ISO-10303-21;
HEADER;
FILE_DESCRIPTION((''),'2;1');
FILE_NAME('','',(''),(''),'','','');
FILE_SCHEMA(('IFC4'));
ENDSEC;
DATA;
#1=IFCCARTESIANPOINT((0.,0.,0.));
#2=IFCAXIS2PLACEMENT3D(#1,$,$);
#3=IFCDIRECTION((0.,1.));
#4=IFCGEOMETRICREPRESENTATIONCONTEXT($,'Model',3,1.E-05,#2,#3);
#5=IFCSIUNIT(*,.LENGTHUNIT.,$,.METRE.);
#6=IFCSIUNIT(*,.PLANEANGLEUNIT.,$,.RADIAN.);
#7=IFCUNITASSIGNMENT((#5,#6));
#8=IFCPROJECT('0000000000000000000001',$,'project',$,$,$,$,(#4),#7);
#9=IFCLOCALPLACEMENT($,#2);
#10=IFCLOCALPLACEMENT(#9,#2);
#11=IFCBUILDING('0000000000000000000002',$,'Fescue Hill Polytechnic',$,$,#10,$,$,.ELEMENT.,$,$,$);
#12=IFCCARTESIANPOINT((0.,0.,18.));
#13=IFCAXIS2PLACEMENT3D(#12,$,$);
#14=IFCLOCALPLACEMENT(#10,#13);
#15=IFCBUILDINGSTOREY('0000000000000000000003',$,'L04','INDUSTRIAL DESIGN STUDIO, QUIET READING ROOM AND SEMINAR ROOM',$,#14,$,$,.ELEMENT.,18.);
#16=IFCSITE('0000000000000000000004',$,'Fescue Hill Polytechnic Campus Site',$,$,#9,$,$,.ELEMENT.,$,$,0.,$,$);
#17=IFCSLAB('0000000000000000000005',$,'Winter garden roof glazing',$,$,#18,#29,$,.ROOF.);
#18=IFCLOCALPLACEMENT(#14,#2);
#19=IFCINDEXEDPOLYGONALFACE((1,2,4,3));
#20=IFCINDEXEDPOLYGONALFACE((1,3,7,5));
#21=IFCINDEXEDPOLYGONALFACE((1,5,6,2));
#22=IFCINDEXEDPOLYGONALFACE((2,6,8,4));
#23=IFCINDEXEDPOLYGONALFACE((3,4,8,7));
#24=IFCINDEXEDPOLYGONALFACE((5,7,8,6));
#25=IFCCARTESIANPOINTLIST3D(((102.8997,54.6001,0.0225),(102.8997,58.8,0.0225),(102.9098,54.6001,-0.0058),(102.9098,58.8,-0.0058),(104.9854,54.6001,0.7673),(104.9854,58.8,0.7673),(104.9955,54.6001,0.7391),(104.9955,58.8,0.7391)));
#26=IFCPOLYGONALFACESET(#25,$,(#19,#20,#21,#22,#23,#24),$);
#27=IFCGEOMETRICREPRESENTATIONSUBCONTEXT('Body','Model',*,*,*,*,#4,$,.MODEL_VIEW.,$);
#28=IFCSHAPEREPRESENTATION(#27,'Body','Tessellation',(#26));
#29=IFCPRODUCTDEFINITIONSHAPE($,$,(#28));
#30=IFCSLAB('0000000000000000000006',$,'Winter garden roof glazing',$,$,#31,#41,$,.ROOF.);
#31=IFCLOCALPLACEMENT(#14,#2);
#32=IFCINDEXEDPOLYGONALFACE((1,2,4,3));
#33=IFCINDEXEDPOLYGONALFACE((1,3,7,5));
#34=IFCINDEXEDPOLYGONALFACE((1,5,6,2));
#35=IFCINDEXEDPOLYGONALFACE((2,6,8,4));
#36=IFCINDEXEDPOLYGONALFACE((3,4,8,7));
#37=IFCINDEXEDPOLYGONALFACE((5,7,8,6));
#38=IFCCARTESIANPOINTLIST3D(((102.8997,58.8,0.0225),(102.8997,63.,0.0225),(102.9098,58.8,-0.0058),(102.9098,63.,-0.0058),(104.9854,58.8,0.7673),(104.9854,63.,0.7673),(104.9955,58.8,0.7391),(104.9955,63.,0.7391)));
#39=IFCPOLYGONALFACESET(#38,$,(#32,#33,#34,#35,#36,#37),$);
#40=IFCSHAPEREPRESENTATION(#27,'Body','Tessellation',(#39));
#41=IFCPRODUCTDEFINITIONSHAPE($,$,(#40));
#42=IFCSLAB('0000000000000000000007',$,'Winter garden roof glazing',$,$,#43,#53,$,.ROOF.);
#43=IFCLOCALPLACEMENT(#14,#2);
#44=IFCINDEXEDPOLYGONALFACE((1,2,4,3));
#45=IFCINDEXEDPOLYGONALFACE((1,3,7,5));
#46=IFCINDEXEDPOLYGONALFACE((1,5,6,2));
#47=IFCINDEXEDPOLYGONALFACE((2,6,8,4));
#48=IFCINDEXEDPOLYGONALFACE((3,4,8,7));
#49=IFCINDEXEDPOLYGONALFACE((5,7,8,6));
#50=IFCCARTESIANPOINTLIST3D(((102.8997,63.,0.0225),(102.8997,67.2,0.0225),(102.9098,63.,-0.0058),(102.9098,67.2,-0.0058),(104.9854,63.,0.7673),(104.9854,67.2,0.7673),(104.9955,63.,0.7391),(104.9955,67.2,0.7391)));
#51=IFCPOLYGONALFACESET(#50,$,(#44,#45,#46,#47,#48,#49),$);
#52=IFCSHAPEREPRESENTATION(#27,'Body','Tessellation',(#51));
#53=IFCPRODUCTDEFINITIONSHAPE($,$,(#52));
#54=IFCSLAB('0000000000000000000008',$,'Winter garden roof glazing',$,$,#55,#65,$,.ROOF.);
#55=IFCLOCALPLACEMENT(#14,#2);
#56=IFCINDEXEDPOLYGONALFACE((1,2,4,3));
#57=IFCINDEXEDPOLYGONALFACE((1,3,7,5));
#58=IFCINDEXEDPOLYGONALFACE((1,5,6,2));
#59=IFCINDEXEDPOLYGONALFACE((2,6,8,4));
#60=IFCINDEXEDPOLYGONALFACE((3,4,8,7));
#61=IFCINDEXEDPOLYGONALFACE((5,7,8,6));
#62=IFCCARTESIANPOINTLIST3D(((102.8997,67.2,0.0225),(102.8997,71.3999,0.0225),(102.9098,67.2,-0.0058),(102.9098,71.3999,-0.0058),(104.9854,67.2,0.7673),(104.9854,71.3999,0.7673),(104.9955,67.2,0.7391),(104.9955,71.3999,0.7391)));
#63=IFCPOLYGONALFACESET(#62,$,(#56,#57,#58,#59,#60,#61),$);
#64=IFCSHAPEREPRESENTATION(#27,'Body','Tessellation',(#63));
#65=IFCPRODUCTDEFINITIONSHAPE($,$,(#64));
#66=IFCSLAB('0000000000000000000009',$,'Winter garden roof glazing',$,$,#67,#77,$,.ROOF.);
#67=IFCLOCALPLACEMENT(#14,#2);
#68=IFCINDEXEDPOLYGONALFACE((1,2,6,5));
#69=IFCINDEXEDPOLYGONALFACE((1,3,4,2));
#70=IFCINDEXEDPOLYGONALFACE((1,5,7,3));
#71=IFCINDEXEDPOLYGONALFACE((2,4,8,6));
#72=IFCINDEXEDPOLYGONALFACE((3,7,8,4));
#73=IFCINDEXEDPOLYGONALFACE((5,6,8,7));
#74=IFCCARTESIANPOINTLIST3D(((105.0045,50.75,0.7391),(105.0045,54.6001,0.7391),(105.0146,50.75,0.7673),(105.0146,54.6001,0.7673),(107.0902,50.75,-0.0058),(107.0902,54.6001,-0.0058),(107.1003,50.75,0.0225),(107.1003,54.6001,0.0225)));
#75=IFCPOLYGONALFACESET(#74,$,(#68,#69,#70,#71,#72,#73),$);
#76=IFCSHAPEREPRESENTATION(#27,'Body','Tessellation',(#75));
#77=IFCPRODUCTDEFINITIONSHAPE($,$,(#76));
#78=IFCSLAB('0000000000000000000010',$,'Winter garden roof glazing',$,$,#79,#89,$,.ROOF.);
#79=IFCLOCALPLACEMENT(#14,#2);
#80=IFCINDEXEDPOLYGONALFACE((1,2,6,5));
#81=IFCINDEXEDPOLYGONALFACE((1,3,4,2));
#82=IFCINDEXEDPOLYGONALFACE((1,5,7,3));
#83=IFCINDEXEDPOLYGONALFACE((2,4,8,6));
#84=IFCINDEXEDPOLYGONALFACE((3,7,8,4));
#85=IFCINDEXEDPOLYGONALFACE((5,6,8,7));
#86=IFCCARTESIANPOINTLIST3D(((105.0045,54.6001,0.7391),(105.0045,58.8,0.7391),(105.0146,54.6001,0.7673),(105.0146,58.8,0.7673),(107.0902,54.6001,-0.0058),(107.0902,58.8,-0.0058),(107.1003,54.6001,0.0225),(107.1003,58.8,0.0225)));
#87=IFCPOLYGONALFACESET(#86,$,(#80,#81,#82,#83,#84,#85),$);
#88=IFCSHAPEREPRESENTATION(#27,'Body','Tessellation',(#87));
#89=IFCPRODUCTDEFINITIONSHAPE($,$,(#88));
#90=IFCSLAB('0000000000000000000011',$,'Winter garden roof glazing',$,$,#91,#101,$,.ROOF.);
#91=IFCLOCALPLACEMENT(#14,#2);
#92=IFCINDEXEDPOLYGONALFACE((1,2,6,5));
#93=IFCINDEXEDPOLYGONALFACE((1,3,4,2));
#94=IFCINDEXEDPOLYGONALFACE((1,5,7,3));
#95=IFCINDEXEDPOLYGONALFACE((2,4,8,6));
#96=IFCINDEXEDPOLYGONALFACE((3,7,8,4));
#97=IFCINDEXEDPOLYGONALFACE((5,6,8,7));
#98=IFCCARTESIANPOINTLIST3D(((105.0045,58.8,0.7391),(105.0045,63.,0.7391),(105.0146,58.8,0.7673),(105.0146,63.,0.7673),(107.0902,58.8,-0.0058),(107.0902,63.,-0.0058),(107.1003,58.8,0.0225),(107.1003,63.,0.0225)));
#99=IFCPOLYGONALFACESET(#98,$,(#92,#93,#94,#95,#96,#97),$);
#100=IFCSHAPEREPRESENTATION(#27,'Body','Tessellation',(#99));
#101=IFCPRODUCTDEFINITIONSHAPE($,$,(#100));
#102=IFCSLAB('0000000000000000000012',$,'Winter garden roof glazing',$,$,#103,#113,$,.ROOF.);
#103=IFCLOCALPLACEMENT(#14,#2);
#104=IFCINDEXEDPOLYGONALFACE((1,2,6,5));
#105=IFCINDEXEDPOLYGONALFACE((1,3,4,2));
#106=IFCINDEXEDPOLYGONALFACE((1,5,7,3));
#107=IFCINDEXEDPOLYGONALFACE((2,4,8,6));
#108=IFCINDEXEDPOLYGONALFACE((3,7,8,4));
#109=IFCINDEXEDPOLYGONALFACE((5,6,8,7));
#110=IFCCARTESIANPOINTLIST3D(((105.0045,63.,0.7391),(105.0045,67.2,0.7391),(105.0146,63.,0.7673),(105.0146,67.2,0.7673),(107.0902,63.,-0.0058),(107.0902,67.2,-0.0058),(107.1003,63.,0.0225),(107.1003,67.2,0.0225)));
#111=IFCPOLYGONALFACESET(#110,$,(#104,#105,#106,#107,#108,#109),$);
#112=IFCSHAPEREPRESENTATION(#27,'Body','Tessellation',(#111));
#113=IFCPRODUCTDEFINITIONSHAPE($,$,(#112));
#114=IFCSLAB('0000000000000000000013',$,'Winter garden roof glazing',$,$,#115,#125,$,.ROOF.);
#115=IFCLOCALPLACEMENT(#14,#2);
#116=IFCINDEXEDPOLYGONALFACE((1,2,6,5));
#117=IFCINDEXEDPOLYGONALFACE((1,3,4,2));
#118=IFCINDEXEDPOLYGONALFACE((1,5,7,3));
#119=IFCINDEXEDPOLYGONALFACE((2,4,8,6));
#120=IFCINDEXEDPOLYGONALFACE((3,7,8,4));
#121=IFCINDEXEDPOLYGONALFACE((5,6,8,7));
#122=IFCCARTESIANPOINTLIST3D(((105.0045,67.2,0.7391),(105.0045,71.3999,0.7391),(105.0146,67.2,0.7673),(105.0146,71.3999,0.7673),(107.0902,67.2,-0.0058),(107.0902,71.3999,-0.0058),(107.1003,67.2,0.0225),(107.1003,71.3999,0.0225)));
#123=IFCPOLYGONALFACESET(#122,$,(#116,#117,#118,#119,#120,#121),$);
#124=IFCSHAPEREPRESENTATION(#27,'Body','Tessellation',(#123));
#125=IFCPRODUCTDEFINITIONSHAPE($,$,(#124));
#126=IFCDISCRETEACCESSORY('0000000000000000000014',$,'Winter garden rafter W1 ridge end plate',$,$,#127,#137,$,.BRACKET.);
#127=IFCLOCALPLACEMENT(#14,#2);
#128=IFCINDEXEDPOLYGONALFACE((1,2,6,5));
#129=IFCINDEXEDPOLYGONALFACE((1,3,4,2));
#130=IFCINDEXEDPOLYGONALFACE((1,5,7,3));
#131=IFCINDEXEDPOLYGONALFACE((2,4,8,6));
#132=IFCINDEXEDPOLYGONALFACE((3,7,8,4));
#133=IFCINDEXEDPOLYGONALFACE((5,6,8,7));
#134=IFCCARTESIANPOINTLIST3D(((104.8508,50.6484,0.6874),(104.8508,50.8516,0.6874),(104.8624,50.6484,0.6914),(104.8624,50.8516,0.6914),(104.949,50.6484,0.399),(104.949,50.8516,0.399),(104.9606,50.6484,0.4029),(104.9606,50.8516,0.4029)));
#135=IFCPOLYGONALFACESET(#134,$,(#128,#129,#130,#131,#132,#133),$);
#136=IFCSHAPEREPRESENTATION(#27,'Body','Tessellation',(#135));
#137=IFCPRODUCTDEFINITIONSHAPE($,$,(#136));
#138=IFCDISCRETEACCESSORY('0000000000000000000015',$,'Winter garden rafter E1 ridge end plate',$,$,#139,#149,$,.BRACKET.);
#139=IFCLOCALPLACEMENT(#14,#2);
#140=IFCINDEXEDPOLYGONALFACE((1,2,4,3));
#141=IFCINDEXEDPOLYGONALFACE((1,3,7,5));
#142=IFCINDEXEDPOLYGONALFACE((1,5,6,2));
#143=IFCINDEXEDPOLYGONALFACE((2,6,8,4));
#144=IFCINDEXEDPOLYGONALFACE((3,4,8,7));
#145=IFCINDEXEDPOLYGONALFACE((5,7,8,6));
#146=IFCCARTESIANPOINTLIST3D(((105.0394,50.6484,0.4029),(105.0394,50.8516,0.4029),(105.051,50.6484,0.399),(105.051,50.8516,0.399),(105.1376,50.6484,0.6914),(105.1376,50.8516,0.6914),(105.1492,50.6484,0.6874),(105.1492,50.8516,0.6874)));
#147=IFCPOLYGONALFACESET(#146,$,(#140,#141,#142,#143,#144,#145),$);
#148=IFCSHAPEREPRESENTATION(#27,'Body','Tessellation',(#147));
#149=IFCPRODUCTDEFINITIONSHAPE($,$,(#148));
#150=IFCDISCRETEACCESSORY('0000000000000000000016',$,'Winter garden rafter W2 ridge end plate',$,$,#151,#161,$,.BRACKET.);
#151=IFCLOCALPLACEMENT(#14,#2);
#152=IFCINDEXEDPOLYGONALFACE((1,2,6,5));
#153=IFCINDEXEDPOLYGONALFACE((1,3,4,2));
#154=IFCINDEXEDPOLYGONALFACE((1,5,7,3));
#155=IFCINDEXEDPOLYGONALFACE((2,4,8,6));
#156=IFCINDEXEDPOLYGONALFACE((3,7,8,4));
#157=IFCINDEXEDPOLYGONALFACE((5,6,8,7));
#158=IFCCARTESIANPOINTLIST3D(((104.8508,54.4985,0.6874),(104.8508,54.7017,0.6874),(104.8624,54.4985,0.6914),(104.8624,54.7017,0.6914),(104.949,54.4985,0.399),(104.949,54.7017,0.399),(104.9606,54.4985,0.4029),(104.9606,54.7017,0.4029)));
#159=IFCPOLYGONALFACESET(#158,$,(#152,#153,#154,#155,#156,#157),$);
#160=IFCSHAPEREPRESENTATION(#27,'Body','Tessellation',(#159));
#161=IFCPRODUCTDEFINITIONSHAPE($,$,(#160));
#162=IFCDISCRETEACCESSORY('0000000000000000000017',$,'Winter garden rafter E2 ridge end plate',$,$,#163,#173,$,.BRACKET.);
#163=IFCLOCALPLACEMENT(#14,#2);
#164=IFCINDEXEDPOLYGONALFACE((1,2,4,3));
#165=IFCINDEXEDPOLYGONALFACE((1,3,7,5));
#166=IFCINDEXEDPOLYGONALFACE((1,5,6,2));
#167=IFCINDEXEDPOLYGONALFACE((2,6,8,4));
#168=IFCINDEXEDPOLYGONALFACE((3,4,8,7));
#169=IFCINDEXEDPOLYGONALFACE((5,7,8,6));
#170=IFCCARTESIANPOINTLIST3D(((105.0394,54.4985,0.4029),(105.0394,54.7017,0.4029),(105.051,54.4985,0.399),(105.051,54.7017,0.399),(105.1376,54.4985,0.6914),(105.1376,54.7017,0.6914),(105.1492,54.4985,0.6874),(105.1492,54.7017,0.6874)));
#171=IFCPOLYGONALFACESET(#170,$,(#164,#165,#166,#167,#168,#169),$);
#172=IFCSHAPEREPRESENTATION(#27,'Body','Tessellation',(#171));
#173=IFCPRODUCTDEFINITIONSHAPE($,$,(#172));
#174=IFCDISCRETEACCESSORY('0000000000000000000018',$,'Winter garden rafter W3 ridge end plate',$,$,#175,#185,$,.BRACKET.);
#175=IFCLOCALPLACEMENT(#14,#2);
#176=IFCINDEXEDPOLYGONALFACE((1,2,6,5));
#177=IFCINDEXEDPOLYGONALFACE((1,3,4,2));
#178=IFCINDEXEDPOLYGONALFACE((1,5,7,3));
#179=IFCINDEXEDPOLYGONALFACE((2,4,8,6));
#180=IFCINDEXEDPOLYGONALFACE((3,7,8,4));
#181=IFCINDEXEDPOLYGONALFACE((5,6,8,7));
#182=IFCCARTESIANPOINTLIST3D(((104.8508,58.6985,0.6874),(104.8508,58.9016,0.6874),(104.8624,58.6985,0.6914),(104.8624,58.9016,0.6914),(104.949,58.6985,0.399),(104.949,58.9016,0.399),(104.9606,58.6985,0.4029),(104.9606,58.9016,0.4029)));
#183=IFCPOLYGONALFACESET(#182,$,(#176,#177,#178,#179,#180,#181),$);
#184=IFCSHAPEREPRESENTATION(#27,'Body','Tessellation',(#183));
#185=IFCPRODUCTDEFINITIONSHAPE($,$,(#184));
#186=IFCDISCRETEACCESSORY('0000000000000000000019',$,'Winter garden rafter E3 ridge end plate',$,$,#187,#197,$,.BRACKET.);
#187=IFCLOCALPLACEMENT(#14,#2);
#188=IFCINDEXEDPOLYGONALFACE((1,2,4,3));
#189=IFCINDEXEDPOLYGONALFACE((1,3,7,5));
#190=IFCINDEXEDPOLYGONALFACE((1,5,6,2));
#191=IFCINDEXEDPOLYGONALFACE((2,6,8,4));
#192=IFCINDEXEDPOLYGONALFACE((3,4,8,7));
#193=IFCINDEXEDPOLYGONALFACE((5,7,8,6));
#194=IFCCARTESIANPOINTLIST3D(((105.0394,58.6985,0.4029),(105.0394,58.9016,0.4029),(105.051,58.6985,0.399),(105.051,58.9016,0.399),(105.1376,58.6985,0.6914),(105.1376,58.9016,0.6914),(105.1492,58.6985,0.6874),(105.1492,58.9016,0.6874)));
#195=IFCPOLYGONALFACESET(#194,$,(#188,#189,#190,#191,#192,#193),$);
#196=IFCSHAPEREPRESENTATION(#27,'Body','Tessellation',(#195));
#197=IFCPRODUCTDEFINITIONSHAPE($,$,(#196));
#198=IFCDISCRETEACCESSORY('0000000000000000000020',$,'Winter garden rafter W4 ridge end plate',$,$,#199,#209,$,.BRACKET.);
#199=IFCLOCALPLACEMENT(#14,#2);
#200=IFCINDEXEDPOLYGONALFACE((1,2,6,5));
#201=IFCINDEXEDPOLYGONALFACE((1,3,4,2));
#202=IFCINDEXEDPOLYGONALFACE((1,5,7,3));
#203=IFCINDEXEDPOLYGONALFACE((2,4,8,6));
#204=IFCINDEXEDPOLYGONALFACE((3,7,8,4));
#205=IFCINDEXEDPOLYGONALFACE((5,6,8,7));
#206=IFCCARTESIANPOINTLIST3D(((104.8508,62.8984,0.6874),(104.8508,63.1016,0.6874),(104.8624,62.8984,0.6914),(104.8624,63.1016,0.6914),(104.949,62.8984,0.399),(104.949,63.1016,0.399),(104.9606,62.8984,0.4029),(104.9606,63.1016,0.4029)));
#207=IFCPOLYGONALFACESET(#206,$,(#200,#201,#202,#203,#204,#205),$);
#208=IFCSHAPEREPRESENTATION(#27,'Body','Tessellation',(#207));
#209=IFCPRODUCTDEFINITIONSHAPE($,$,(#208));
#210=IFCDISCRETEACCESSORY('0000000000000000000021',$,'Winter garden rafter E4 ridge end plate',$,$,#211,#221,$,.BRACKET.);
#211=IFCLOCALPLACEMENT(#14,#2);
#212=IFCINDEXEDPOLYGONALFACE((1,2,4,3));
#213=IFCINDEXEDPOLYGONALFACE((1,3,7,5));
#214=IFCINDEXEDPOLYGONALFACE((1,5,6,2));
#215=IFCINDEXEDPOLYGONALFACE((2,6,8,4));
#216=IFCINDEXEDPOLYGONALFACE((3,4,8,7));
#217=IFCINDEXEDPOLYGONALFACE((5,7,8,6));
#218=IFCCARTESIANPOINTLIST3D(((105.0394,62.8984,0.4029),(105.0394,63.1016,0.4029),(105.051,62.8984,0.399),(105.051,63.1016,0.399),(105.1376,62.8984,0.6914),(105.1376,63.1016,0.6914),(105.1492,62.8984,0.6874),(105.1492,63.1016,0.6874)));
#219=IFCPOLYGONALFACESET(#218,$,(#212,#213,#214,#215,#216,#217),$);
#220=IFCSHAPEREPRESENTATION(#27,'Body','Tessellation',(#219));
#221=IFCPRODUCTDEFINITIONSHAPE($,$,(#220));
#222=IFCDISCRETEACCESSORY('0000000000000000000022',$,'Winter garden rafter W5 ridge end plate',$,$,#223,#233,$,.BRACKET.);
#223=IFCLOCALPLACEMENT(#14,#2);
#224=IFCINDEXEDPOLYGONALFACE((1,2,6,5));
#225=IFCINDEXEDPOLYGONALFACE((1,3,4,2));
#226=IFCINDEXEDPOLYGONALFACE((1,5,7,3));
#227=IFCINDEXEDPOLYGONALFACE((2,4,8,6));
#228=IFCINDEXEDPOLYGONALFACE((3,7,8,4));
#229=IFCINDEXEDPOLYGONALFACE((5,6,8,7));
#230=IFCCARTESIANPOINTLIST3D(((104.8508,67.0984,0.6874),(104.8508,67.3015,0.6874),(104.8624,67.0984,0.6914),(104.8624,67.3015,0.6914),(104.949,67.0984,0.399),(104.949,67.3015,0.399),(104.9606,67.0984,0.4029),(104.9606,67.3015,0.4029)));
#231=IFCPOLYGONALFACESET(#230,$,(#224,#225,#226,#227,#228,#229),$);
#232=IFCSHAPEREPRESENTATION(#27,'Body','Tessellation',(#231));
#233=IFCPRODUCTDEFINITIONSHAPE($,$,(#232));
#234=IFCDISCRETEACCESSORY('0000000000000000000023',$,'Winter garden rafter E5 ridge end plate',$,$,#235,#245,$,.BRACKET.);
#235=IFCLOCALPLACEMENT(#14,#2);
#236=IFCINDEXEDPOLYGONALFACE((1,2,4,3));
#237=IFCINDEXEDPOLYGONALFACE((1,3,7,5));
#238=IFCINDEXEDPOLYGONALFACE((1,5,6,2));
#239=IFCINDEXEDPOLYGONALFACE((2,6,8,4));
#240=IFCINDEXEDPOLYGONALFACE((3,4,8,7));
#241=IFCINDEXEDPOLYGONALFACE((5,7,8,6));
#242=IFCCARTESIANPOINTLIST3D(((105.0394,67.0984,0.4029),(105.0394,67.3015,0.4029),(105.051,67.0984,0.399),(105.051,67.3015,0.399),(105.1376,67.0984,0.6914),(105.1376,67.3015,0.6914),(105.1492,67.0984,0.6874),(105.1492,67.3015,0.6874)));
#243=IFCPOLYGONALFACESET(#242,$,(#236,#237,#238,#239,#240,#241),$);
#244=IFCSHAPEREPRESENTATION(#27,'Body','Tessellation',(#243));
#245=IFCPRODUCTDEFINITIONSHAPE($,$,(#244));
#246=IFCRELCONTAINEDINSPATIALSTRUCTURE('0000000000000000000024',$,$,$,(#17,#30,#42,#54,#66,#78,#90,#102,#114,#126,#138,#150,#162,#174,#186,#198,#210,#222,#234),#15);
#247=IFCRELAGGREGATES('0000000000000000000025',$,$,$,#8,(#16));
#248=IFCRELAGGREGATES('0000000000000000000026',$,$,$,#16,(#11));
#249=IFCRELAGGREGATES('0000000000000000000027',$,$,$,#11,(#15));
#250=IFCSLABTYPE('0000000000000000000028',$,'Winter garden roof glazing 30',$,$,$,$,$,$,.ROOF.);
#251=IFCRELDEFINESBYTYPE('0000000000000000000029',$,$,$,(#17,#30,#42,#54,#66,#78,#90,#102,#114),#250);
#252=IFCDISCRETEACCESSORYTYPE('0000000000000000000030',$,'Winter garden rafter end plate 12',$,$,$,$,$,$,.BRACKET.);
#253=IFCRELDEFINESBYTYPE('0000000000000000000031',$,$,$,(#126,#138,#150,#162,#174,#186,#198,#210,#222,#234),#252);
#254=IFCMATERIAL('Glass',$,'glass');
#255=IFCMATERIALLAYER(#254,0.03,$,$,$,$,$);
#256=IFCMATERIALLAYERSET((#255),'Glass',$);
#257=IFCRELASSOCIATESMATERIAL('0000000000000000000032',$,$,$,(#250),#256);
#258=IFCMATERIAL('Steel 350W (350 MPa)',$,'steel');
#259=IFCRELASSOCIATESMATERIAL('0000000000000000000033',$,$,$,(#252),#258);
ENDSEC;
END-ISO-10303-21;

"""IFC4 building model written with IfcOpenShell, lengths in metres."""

from ifc_helpers import new_model, si_unit, direction, frame, origin, origin_2d, place, context, subcontext, project, spatial, polyline, rectangle, outline, extrude, material, layer, layer_set, material_profile, profile_set, type_object, element, save


model = new_model("IFC4")

# Units and contexts
model_context = context("Model", 3, precision=1e-05, world=origin(), true_north=direction((0.0, 1.0)))
body_context = subcontext(model_context, "Body", "Model", "MODEL_VIEW")
ifc_project = project(units=[si_unit("LENGTHUNIT", "METRE"), si_unit("PLANEANGLEUNIT", "RADIAN")], contexts=[model_context])

# Site, building, storey
site_placement = place(None, origin())
site = spatial("IfcSite", under=ifc_project, at=site_placement, Name="Fescue Hill Polytechnic Campus Site", CompositionType="ELEMENT", RefElevation=0.0)
building_placement = place(site_placement, origin())
building = spatial("IfcBuilding", under=site, at=building_placement, Name="Fescue Hill Polytechnic", CompositionType="ELEMENT")
storey_placement = place(building_placement, frame((0.0, 0.0, 18.0)))
storey = spatial("IfcBuildingStorey", under=building, at=storey_placement, Name="L04", Description="INDUSTRIAL DESIGN STUDIO, QUIET READING ROOM AND SEMINAR ROOM", CompositionType="ELEMENT", Elevation=18.0)

# Shared definitions
ifc_material_1 = material(Name="Steel 350W (350 MPa)", Category="steel")

# Slabs
ifc_material_2 = material(Name="Glass", Category="glass")
ifc_layer = layer(ifc_material_2, 0.03)
ifc_layer_set = layer_set([ifc_layer], Name="Glass")
slab_type = type_object("IfcSlabType", Name="Winter garden roof glazing 30", PredefinedType="ROOF", material=ifc_layer_set)
for number, where, z_axis, x_axis, name in (
    (1, (102.8997, 54.6001, 0.0225), (-0.336329, 0.0, 0.941744), (0.0, 1.0, 0.0), "Winter garden roof glazing"),
    (2, (102.8997, 58.8, 0.0225), (-0.336329, 0.0, 0.941744), (0.0, 1.0, 0.0), "Winter garden roof glazing"),
    (3, (102.8997, 63.0, 0.0225), (-0.336329, 0.0, 0.941744), (0.0, 1.0, 0.0), "Winter garden roof glazing"),
    (4, (102.8997, 67.2, 0.0225), (-0.336329, 0.0, 0.941744), (0.0, 1.0, 0.0), "Winter garden roof glazing"),
):
    element("IfcSlab", number, at=place(storey_placement, frame(where, z_axis=z_axis, x_axis=x_axis)), inside=storey, type_object=slab_type, Name=name, PredefinedType="ROOF", context=body_context, shape_type="SweptSolid", body=[
        extrude(outline(polyline([(0.0, 0.0), (4.2, 0.0), (4.2, -2.2147), (0.0, -2.2147), (0.0, 0.0)])), origin(), (0.0, 0.0, -1.0), 0.03),
    ])
slab_1_placement = place(storey_placement, frame((107.1003, 50.75, 0.0225), z_axis=(0.336329, 0.0, 0.941744), x_axis=(0.0, 1.0, 0.0)))
element("IfcSlab", 5, at=slab_1_placement, inside=storey, type_object=slab_type, Name="Winter garden roof glazing", PredefinedType="ROOF", context=body_context, shape_type="SweptSolid", body=[
    extrude(outline(polyline([(0.0, 0.0), (3.8501, 0.0), (3.8501, 2.2147), (0.0, 2.2147), (0.0, 0.0)])), origin(), (0.0, 0.0, -1.0), 0.03),
])
for number, where, z_axis, x_axis, name in (
    (6, (107.1003, 54.6001, 0.0225), (0.336329, 0.0, 0.941744), (0.0, 1.0, 0.0), "Winter garden roof glazing"),
    (7, (107.1003, 58.8, 0.0225), (0.336329, 0.0, 0.941744), (0.0, 1.0, 0.0), "Winter garden roof glazing"),
    (8, (107.1003, 63.0, 0.0225), (0.336329, 0.0, 0.941744), (0.0, 1.0, 0.0), "Winter garden roof glazing"),
    (9, (107.1003, 67.2, 0.0225), (0.336329, 0.0, 0.941744), (0.0, 1.0, 0.0), "Winter garden roof glazing"),
):
    element("IfcSlab", number, at=place(storey_placement, frame(where, z_axis=z_axis, x_axis=x_axis)), inside=storey, type_object=slab_type, Name=name, PredefinedType="ROOF", context=body_context, shape_type="SweptSolid", body=[
        extrude(outline(polyline([(0.0, 0.0), (4.2, 0.0), (4.2, 2.2147), (0.0, 2.2147), (0.0, 0.0)])), origin(), (0.0, 0.0, -1.0), 0.03),
    ])

# Discrete accessories
ifc_material_profile_1 = material_profile(ifc_material_1, rectangle(XDim=0.2031, YDim=0.3047, at=origin_2d()), Name="Winter garden rafter end plate 12")
ifc_profile_set_1 = profile_set([ifc_material_profile_1], Name="Steel 350W (350 MPa)")
discrete_accessory_type = type_object("IfcDiscreteAccessoryType", Name="Winter garden rafter end plate 12", PredefinedType="BRACKET", material=ifc_profile_set_1)
for number, where, z_axis, x_axis, name in (
    (10, (104.8999, 50.75, 0.5432), (0.94665, 0.0, 0.322264), (0.0, 1.0, 0.0), "Winter garden rafter W1 ridge end plate"),
    (11, (105.1001, 50.75, 0.5432), (-0.94665, 0.0, 0.322264), (0.0, -1.0, 0.0), "Winter garden rafter E1 ridge end plate"),
    (12, (104.8999, 54.6001, 0.5432), (0.94665, 0.0, 0.322264), (0.0, 1.0, 0.0), "Winter garden rafter W2 ridge end plate"),
    (13, (105.1001, 54.6001, 0.5432), (-0.94665, 0.0, 0.322264), (0.0, -1.0, 0.0), "Winter garden rafter E2 ridge end plate"),
    (14, (104.8999, 58.8, 0.5432), (0.94665, 0.0, 0.322264), (0.0, 1.0, 0.0), "Winter garden rafter W3 ridge end plate"),
    (15, (105.1001, 58.8, 0.5432), (-0.94665, 0.0, 0.322264), (0.0, -1.0, 0.0), "Winter garden rafter E3 ridge end plate"),
    (16, (104.8999, 63.0, 0.5432), (0.94665, 0.0, 0.322264), (0.0, 1.0, 0.0), "Winter garden rafter W4 ridge end plate"),
    (17, (105.1001, 63.0, 0.5432), (-0.94665, 0.0, 0.322264), (0.0, -1.0, 0.0), "Winter garden rafter E4 ridge end plate"),
    (18, (104.8999, 67.2, 0.5432), (0.94665, 0.0, 0.322264), (0.0, 1.0, 0.0), "Winter garden rafter W5 ridge end plate"),
    (19, (105.1001, 67.2, 0.5432), (-0.94665, 0.0, 0.322264), (0.0, -1.0, 0.0), "Winter garden rafter E5 ridge end plate"),
):
    element("IfcDiscreteAccessory", number, at=place(storey_placement, frame(where, z_axis=z_axis, x_axis=x_axis)), inside=storey, type_object=discrete_accessory_type, Name=name, PredefinedType="BRACKET", context=body_context, shape_type="SweptSolid", body=[
        extrude(rectangle(XDim=0.2031, YDim=0.3047, at=origin_2d()), origin(), (0.0, 0.0, 1.0), 0.0122),
    ])

save(model, "model.ifc")
